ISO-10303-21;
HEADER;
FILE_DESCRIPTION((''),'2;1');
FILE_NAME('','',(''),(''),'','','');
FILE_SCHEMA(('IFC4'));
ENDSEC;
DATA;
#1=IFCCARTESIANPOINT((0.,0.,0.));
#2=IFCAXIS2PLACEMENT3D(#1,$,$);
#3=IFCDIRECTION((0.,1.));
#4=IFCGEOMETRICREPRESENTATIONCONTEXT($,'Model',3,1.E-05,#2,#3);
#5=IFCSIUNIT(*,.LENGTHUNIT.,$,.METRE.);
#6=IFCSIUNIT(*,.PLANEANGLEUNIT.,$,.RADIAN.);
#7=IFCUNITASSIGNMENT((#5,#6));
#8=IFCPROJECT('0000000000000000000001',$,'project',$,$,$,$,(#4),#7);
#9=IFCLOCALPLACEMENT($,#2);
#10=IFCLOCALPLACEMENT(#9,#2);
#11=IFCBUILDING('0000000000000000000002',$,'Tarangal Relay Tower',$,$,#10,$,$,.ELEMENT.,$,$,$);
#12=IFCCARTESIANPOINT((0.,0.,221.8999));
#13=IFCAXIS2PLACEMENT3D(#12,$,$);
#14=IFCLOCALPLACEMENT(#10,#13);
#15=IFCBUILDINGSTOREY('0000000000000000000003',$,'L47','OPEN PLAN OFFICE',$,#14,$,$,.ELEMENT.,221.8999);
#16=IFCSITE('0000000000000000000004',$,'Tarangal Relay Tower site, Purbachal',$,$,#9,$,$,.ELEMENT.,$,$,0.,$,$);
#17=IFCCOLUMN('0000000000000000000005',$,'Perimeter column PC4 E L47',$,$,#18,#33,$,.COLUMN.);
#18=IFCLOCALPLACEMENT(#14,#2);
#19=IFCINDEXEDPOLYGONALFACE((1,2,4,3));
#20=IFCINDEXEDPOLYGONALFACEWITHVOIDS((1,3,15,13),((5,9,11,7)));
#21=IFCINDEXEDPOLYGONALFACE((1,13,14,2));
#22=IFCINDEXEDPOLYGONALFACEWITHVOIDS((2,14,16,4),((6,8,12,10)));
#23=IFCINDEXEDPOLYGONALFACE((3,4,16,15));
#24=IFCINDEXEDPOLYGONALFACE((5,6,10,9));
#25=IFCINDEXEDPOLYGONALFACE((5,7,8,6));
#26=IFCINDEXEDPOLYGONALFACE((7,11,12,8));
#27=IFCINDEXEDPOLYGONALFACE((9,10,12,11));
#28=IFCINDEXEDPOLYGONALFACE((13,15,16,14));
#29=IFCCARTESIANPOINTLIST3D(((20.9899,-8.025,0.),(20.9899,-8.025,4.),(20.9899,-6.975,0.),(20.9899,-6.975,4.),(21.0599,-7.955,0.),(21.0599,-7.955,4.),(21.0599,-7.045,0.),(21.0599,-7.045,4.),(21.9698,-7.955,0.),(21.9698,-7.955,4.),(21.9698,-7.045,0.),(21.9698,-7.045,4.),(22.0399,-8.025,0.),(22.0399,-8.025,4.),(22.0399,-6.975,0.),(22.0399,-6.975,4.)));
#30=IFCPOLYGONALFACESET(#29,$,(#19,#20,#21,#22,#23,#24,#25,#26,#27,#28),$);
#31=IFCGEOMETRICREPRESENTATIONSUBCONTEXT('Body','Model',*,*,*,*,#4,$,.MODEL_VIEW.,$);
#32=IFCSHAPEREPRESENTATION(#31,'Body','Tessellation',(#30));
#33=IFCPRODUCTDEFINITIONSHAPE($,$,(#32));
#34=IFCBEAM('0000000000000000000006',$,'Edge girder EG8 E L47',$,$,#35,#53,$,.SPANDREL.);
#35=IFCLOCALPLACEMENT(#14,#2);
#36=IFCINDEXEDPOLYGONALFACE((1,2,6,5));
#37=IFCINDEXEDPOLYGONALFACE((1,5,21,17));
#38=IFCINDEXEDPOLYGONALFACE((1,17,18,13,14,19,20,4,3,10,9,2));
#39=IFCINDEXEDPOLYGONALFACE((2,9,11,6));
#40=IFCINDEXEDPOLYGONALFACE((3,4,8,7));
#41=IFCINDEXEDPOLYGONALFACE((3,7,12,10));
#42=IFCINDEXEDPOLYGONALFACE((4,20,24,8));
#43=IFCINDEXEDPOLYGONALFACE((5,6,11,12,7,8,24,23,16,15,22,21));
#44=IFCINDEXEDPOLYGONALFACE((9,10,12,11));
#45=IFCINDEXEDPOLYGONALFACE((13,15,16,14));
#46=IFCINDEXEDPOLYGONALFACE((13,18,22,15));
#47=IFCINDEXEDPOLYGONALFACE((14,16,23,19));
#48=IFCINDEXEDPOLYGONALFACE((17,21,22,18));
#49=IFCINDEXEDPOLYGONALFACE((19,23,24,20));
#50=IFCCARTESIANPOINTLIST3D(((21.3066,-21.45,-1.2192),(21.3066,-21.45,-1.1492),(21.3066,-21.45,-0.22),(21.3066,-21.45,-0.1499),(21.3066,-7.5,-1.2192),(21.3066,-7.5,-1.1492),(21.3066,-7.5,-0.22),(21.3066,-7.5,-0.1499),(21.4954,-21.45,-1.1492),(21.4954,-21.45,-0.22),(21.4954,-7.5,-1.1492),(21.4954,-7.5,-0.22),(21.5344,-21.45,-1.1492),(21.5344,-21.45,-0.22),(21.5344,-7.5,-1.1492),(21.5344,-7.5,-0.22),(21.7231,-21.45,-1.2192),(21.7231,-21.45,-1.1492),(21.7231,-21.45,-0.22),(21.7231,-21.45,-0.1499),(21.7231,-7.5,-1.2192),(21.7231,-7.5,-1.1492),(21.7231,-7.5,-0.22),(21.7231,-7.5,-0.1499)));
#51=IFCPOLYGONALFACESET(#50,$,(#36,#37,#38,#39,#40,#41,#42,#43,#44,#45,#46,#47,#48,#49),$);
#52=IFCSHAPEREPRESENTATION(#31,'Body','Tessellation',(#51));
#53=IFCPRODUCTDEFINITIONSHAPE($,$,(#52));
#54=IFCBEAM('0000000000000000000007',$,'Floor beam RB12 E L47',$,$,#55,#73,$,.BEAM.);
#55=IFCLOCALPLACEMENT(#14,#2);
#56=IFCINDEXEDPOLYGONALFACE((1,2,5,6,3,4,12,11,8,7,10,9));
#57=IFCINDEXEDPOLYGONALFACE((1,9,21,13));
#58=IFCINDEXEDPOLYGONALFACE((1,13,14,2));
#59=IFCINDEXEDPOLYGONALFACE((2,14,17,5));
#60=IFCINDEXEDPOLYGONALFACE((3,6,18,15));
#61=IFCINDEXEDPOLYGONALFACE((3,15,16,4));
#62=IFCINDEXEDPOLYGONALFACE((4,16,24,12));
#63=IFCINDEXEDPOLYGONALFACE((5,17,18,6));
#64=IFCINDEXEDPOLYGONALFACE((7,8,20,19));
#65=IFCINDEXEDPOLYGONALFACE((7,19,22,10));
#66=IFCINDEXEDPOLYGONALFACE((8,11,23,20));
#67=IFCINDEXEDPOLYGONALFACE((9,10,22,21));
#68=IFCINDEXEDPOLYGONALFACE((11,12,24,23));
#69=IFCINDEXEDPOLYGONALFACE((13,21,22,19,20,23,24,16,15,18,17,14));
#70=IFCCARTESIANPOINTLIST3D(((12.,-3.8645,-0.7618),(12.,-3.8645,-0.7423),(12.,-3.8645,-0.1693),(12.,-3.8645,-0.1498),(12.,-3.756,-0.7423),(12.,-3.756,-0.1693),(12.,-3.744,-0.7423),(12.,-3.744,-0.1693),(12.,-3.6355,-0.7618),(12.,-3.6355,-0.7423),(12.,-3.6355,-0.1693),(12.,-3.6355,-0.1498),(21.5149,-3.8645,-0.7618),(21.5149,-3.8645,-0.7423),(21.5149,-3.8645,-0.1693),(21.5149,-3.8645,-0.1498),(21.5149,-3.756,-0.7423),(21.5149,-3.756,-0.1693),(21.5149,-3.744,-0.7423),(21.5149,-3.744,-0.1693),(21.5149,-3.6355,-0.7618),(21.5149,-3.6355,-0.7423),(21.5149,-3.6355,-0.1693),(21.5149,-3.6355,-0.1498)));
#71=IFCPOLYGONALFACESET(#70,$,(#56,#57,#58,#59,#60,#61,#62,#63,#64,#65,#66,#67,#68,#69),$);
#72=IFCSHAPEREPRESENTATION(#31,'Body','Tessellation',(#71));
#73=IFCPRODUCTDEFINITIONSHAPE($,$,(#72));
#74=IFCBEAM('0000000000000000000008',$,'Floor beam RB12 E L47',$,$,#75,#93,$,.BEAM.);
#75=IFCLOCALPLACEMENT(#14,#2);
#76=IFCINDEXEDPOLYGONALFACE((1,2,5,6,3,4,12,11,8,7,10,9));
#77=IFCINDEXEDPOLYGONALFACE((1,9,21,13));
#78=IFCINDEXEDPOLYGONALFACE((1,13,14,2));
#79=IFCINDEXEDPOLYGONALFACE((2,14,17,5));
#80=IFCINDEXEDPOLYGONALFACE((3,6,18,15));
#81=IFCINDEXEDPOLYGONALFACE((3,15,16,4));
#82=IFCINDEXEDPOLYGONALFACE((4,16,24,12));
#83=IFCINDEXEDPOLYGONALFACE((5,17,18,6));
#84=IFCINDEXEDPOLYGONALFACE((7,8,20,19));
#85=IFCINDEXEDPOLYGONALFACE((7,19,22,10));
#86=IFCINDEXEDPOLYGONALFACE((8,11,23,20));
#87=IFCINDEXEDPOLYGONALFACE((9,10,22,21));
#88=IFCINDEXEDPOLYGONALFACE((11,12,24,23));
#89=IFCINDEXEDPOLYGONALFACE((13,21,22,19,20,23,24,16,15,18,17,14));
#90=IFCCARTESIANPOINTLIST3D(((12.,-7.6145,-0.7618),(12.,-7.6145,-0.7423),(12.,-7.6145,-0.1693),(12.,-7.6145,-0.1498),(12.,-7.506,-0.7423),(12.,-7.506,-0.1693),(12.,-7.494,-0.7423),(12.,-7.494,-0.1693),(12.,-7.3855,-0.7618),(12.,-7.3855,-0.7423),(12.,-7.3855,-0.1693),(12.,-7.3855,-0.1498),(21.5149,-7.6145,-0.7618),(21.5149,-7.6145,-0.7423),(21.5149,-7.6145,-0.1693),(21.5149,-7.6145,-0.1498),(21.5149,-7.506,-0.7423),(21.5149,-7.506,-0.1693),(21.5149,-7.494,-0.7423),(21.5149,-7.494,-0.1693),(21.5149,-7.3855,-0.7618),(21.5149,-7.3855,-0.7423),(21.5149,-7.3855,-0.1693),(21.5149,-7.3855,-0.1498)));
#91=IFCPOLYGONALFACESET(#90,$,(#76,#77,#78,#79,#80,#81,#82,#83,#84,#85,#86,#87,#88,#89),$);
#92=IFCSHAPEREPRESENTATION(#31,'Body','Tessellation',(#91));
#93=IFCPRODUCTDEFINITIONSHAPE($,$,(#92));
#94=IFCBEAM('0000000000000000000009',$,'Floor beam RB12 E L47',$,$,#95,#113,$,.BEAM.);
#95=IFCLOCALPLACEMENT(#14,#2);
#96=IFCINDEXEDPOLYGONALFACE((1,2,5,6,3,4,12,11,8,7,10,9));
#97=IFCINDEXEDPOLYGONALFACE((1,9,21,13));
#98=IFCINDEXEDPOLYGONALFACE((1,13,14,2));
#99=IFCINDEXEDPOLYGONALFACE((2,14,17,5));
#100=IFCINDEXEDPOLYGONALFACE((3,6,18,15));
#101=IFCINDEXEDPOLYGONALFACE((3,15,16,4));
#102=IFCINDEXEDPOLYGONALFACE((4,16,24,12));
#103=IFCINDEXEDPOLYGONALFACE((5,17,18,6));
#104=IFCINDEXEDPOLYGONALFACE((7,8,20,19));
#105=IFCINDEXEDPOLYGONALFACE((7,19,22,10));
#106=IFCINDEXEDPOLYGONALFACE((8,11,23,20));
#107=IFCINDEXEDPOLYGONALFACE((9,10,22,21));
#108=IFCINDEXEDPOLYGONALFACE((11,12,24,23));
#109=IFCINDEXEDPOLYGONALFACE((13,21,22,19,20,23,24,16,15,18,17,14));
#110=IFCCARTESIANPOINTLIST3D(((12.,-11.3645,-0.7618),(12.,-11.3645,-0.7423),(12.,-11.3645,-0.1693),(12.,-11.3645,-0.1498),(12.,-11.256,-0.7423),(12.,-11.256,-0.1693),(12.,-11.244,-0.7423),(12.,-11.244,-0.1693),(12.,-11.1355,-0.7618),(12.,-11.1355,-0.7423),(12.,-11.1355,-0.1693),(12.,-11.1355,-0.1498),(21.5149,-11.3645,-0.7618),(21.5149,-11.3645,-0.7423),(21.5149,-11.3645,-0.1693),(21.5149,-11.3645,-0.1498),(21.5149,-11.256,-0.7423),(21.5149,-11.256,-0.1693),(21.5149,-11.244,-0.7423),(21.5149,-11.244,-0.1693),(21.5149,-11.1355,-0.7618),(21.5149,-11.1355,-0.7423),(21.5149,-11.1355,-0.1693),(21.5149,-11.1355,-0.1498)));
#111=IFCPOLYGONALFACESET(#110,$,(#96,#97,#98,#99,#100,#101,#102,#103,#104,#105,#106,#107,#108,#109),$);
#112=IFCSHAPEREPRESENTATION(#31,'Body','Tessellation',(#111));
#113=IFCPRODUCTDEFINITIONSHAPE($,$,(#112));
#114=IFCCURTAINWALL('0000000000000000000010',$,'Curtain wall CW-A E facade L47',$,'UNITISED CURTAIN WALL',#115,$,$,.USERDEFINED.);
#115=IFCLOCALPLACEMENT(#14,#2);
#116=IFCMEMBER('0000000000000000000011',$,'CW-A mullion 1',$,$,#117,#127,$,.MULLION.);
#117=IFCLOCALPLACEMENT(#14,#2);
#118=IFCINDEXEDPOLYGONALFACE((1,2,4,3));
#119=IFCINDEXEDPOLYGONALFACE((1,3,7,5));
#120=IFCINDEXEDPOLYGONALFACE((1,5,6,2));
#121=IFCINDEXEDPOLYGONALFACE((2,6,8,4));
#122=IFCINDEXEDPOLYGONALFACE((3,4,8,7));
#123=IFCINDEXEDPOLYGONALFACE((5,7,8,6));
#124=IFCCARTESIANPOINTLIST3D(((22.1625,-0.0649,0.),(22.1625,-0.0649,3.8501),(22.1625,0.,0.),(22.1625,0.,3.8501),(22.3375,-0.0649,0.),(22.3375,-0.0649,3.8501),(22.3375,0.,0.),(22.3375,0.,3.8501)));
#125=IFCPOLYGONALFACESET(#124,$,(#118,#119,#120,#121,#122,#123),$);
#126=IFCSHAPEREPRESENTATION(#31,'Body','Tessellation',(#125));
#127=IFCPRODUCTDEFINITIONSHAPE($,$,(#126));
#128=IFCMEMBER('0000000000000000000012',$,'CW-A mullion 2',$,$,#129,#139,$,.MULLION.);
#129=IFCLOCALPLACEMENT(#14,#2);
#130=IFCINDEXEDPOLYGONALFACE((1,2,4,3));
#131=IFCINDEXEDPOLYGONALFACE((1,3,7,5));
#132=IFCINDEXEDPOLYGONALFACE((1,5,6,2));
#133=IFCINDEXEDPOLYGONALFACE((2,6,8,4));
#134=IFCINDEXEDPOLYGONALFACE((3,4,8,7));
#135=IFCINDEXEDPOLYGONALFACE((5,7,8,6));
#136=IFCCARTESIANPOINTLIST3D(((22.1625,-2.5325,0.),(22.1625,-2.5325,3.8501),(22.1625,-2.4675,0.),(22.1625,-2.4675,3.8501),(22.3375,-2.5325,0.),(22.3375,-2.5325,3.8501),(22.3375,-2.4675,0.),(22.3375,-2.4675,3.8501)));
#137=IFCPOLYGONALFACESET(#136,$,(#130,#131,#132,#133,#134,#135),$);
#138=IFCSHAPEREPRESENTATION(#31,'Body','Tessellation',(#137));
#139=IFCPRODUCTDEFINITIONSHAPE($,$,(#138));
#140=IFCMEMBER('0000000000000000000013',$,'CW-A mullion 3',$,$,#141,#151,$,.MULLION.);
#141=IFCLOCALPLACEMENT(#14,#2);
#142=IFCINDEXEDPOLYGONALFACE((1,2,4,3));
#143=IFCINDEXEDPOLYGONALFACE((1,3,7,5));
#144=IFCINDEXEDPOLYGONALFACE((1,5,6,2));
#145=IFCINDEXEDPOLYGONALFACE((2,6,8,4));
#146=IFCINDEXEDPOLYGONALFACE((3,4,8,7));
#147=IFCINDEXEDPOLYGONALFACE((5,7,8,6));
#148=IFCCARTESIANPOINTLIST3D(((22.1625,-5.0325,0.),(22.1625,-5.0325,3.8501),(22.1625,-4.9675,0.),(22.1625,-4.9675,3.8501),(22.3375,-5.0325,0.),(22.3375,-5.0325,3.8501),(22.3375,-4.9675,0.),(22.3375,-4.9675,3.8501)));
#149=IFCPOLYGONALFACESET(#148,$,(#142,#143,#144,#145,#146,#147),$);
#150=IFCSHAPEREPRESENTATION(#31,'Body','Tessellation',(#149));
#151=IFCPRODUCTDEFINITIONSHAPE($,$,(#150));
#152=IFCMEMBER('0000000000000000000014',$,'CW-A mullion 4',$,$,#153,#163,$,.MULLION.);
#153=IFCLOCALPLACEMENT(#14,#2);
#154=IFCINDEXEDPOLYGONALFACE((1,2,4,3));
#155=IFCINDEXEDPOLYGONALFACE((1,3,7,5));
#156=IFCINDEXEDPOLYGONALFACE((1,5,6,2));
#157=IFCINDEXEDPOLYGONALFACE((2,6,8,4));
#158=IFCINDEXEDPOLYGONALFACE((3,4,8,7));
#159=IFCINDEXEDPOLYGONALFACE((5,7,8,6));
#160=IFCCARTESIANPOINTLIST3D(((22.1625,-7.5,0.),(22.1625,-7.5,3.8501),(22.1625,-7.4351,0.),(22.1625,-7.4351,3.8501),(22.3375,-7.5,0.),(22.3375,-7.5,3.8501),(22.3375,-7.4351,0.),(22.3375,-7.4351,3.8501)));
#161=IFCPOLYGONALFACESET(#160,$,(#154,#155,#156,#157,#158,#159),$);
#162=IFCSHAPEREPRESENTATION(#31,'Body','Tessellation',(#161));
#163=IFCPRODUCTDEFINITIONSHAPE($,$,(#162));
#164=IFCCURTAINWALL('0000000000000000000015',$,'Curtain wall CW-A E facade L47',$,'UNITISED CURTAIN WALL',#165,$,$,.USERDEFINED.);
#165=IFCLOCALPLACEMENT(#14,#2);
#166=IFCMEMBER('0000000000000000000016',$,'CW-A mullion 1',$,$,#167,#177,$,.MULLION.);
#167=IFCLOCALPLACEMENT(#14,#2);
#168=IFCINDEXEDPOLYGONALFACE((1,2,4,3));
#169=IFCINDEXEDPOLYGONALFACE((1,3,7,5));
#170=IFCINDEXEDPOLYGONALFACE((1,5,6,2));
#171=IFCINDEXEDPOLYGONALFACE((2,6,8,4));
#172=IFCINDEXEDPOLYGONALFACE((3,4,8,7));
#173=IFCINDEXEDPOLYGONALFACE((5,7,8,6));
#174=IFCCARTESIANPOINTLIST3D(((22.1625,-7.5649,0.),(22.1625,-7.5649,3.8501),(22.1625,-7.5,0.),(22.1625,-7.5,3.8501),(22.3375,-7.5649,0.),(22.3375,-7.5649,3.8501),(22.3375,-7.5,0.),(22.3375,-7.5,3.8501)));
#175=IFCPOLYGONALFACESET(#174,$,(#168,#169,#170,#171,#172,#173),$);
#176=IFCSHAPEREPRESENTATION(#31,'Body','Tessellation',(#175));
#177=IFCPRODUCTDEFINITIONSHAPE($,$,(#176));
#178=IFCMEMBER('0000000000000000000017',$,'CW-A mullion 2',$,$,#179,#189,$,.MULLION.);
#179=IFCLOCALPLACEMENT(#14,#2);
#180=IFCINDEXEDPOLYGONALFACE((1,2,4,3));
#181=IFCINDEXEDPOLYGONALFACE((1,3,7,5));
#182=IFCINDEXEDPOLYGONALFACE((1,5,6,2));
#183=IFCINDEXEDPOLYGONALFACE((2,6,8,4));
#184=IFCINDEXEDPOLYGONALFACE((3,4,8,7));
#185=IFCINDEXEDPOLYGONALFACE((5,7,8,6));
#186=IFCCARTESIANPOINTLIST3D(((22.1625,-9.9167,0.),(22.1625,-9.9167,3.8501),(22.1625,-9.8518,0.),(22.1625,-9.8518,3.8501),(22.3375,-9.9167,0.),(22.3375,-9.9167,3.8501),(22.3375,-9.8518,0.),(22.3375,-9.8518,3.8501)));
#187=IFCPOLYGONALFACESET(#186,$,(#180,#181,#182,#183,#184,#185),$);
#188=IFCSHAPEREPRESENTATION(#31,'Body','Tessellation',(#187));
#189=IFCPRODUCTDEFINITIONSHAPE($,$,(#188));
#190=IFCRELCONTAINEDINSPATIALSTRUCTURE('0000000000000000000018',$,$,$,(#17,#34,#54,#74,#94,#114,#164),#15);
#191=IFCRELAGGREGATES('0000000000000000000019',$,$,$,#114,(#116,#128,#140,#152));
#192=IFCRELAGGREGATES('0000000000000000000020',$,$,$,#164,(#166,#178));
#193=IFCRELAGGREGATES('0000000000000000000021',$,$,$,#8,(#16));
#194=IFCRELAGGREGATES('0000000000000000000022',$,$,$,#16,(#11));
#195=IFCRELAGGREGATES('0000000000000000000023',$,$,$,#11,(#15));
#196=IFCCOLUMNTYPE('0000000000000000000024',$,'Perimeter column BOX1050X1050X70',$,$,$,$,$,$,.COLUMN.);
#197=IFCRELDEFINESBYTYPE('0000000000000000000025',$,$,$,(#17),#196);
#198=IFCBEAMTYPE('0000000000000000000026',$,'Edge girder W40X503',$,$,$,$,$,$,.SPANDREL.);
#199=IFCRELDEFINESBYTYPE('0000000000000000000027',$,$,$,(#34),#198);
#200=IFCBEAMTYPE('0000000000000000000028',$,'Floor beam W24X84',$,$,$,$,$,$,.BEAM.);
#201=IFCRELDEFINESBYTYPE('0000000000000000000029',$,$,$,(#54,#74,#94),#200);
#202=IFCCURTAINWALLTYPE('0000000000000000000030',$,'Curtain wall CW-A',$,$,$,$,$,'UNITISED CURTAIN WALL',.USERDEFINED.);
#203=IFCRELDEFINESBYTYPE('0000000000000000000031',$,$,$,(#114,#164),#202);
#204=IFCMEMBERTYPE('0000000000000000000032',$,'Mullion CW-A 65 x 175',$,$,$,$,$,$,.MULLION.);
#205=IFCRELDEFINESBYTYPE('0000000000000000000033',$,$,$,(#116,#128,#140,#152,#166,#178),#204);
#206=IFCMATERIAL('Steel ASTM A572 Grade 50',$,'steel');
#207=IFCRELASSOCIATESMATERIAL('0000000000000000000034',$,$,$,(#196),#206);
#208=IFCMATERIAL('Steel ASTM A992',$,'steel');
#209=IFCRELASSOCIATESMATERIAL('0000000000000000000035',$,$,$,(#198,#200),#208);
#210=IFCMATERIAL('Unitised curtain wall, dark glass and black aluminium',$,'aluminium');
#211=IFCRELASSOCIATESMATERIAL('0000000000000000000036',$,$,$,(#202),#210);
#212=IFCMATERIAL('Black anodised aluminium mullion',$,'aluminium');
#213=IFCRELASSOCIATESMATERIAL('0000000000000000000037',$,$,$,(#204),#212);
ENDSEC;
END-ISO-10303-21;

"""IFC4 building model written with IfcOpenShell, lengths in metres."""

from ifc_helpers import new_model, si_unit, direction, frame, origin, origin_2d, place, context, subcontext, project, spatial, rectangle, hollow_rectangle, i_section, extrude, material, material_profile, profile_set, type_object, element, aggregate, save


model = new_model("IFC4")

# Units and contexts
model_context = context("Model", 3, precision=1e-05, world=origin(), true_north=direction((0.0, 1.0)))
body_context = subcontext(model_context, "Body", "Model", "MODEL_VIEW")
ifc_project = project(units=[si_unit("LENGTHUNIT", "METRE"), si_unit("PLANEANGLEUNIT", "RADIAN")], contexts=[model_context])

# Site, building, storey
site_placement = place(None, origin())
site = spatial("IfcSite", under=ifc_project, at=site_placement, Name="Tarangal Relay Tower site, Purbachal", CompositionType="ELEMENT", RefElevation=0.0)
building_placement = place(site_placement, origin())
building = spatial("IfcBuilding", under=site, at=building_placement, Name="Tarangal Relay Tower", CompositionType="ELEMENT")
storey_placement = place(building_placement, frame((0.0, 0.0, 221.8999)))
storey = spatial("IfcBuildingStorey", under=building, at=storey_placement, Name="L47", Description="OPEN PLAN OFFICE", CompositionType="ELEMENT", Elevation=221.8999)

# Column
ifc_material_1 = material(Name="Steel ASTM A572 Grade 50", Category="steel")
ifc_material_profile_1 = material_profile(ifc_material_1, hollow_rectangle(XDim=1.05, YDim=1.05, WallThickness=0.0701, at=origin_2d()), Name="BOX1050X1050X70")
ifc_profile_set_1 = profile_set([ifc_material_profile_1], Name="Steel ASTM A572 Grade 50")
column_type = type_object("IfcColumnType", Name="Perimeter column BOX1050X1050X70", PredefinedType="COLUMN", material=ifc_profile_set_1)
column_placement = place(storey_placement, frame((21.5149, -7.5, 0.0), z_axis=(0.0, 0.0, 1.0), x_axis=(1.0, 0.0, 0.0)))
element("IfcColumn", 1, at=column_placement, inside=storey, type_object=column_type, Name="Perimeter column PC4 E L47", PredefinedType="COLUMN", context=body_context, shape_type="SweptSolid", body=[
    extrude(hollow_rectangle(XDim=1.05, YDim=1.05, WallThickness=0.0701, at=origin_2d()), origin(), (0.0, 0.0, 1.0), 4.0),
])

# Beams
ifc_material_2 = material(Name="Steel ASTM A992", Category="steel")
ifc_material_profile_2 = material_profile(ifc_material_2, i_section(OverallWidth=0.4165, OverallDepth=1.0693, WebThickness=0.0391, FlangeThickness=0.0701, at=origin_2d()), Name="W40X503")
ifc_profile_set_2 = profile_set([ifc_material_profile_2], Name="Steel ASTM A992")
beam_type_1 = type_object("IfcBeamType", Name="Edge girder W40X503", PredefinedType="SPANDREL", material=ifc_profile_set_2)
beam_placement = place(storey_placement, frame((21.5149, -7.5, -0.6846), z_axis=(0.0, -1.0, 0.0), x_axis=(1.0, 0.0, 0.0)))
element("IfcBeam", 2, at=beam_placement, inside=storey, type_object=beam_type_1, Name="Edge girder EG8 E L47", PredefinedType="SPANDREL", context=body_context, shape_type="SweptSolid", body=[
    extrude(i_section(OverallWidth=0.4165, OverallDepth=1.0693, WebThickness=0.0391, FlangeThickness=0.0701, at=origin_2d()), origin(), (0.0, 0.0, 1.0), 13.95),
])
ifc_material_profile_3 = material_profile(ifc_material_2, i_section(OverallWidth=0.229, OverallDepth=0.6121, WebThickness=0.012, FlangeThickness=0.0195, at=origin_2d()), Name="W24X84")
ifc_profile_set_3 = profile_set([ifc_material_profile_3], Name="Steel ASTM A992")
beam_type_2 = type_object("IfcBeamType", Name="Floor beam W24X84", PredefinedType="BEAM", material=ifc_profile_set_3)
for number, where, z_axis, x_axis, name in (
    (3, (12.0, -3.75, -0.4558), (1.0, 0.0, 0.0), (0.0, 1.0, 0.0), "Floor beam RB12 E L47"),
    (4, (12.0, -7.5, -0.4558), (1.0, 0.0, 0.0), (0.0, 1.0, 0.0), "Floor beam RB12 E L47"),
    (5, (12.0, -11.25, -0.4558), (1.0, 0.0, 0.0), (0.0, 1.0, 0.0), "Floor beam RB12 E L47"),
):
    element("IfcBeam", number, at=place(storey_placement, frame(where, z_axis=z_axis, x_axis=x_axis)), inside=storey, type_object=beam_type_2, Name=name, PredefinedType="BEAM", context=body_context, shape_type="SweptSolid", body=[
        extrude(i_section(OverallWidth=0.229, OverallDepth=0.6121, WebThickness=0.012, FlangeThickness=0.0195, at=origin_2d()), origin(), (0.0, 0.0, 1.0), 9.5149),
    ])

# Curtain walls, members
ifc_material_3 = material(Name="Unitised curtain wall, dark glass and black aluminium", Category="aluminium")
curtain_wall_type_1 = type_object("IfcCurtainWallType", Name="Curtain wall CW-A", ElementType="UNITISED CURTAIN WALL", PredefinedType="USERDEFINED", material=ifc_material_3)
curtain_wall_1_placement = place(storey_placement, origin())
curtain_wall_1 = element("IfcCurtainWall", 6, at=curtain_wall_1_placement, inside=storey, type_object=curtain_wall_type_1, Name="Curtain wall CW-A E facade L47", ObjectType="UNITISED CURTAIN WALL", PredefinedType="USERDEFINED")
ifc_material_4 = material(Name="Black anodised aluminium mullion", Category="aluminium")
ifc_material_profile_4 = material_profile(ifc_material_4, rectangle(XDim=0.175, YDim=0.0649, at=origin_2d()), Name="CW-AM 65X175")
ifc_profile_set_4 = profile_set([ifc_material_profile_4], Name="Black anodised aluminium mullion")
member_type_1 = type_object("IfcMemberType", Name="Mullion CW-A 65 x 175", PredefinedType="MULLION", material=ifc_profile_set_4)
member_1_placement = place(storey_placement, frame((22.25, -0.0325, 0.0), z_axis=(0.0, 0.0, 1.0), x_axis=(1.0, 0.0, 0.0)))
member_1 = element("IfcMember", 7, at=member_1_placement, type_object=member_type_1, Name="CW-A mullion 1", PredefinedType="MULLION", context=body_context, shape_type="SweptSolid", body=[
    extrude(rectangle(XDim=0.175, YDim=0.0649, at=origin_2d()), origin(), (0.0, 0.0, 1.0), 3.8501),
])
member_2_placement = place(storey_placement, frame((22.25, -2.5, 0.0), z_axis=(0.0, 0.0, 1.0), x_axis=(1.0, 0.0, 0.0)))
member_2 = element("IfcMember", 8, at=member_2_placement, type_object=member_type_1, Name="CW-A mullion 2", PredefinedType="MULLION", context=body_context, shape_type="SweptSolid", body=[
    extrude(rectangle(XDim=0.175, YDim=0.0649, at=origin_2d()), origin(), (0.0, 0.0, 1.0), 3.8501),
])
member_3_placement = place(storey_placement, frame((22.25, -5.0, 0.0), z_axis=(0.0, 0.0, 1.0), x_axis=(1.0, 0.0, 0.0)))
member_3 = element("IfcMember", 9, at=member_3_placement, type_object=member_type_1, Name="CW-A mullion 3", PredefinedType="MULLION", context=body_context, shape_type="SweptSolid", body=[
    extrude(rectangle(XDim=0.175, YDim=0.0649, at=origin_2d()), origin(), (0.0, 0.0, 1.0), 3.8501),
])
member_4_placement = place(storey_placement, frame((22.25, -7.4675, 0.0), z_axis=(0.0, 0.0, 1.0), x_axis=(1.0, 0.0, 0.0)))
member_4 = element("IfcMember", 10, at=member_4_placement, type_object=member_type_1, Name="CW-A mullion 4", PredefinedType="MULLION", context=body_context, shape_type="SweptSolid", body=[
    extrude(rectangle(XDim=0.175, YDim=0.0649, at=origin_2d()), origin(), (0.0, 0.0, 1.0), 3.8501),
])
curtain_wall_2_placement = place(storey_placement, origin())
curtain_wall_2 = element("IfcCurtainWall", 11, at=curtain_wall_2_placement, inside=storey, type_object=curtain_wall_type_1, Name="Curtain wall CW-A E facade L47", ObjectType="UNITISED CURTAIN WALL", PredefinedType="USERDEFINED")
member_5_placement = place(storey_placement, frame((22.25, -7.5325, 0.0), z_axis=(0.0, 0.0, 1.0), x_axis=(1.0, 0.0, 0.0)))
member_5 = element("IfcMember", 12, at=member_5_placement, type_object=member_type_1, Name="CW-A mullion 1", PredefinedType="MULLION", context=body_context, shape_type="SweptSolid", body=[
    extrude(rectangle(XDim=0.175, YDim=0.0649, at=origin_2d()), origin(), (0.0, 0.0, 1.0), 3.8501),
])
member_6_placement = place(storey_placement, frame((22.25, -9.8843, 0.0), z_axis=(0.0, 0.0, 1.0), x_axis=(1.0, 0.0, 0.0)))
member_6 = element("IfcMember", 13, at=member_6_placement, type_object=member_type_1, Name="CW-A mullion 2", PredefinedType="MULLION", context=body_context, shape_type="SweptSolid", body=[
    extrude(rectangle(XDim=0.175, YDim=0.0649, at=origin_2d()), origin(), (0.0, 0.0, 1.0), 3.8501),
])

aggregate(curtain_wall_1, [member_1, member_2, member_3, member_4])
aggregate(curtain_wall_2, [member_5, member_6])

save(model, "model.ifc")
